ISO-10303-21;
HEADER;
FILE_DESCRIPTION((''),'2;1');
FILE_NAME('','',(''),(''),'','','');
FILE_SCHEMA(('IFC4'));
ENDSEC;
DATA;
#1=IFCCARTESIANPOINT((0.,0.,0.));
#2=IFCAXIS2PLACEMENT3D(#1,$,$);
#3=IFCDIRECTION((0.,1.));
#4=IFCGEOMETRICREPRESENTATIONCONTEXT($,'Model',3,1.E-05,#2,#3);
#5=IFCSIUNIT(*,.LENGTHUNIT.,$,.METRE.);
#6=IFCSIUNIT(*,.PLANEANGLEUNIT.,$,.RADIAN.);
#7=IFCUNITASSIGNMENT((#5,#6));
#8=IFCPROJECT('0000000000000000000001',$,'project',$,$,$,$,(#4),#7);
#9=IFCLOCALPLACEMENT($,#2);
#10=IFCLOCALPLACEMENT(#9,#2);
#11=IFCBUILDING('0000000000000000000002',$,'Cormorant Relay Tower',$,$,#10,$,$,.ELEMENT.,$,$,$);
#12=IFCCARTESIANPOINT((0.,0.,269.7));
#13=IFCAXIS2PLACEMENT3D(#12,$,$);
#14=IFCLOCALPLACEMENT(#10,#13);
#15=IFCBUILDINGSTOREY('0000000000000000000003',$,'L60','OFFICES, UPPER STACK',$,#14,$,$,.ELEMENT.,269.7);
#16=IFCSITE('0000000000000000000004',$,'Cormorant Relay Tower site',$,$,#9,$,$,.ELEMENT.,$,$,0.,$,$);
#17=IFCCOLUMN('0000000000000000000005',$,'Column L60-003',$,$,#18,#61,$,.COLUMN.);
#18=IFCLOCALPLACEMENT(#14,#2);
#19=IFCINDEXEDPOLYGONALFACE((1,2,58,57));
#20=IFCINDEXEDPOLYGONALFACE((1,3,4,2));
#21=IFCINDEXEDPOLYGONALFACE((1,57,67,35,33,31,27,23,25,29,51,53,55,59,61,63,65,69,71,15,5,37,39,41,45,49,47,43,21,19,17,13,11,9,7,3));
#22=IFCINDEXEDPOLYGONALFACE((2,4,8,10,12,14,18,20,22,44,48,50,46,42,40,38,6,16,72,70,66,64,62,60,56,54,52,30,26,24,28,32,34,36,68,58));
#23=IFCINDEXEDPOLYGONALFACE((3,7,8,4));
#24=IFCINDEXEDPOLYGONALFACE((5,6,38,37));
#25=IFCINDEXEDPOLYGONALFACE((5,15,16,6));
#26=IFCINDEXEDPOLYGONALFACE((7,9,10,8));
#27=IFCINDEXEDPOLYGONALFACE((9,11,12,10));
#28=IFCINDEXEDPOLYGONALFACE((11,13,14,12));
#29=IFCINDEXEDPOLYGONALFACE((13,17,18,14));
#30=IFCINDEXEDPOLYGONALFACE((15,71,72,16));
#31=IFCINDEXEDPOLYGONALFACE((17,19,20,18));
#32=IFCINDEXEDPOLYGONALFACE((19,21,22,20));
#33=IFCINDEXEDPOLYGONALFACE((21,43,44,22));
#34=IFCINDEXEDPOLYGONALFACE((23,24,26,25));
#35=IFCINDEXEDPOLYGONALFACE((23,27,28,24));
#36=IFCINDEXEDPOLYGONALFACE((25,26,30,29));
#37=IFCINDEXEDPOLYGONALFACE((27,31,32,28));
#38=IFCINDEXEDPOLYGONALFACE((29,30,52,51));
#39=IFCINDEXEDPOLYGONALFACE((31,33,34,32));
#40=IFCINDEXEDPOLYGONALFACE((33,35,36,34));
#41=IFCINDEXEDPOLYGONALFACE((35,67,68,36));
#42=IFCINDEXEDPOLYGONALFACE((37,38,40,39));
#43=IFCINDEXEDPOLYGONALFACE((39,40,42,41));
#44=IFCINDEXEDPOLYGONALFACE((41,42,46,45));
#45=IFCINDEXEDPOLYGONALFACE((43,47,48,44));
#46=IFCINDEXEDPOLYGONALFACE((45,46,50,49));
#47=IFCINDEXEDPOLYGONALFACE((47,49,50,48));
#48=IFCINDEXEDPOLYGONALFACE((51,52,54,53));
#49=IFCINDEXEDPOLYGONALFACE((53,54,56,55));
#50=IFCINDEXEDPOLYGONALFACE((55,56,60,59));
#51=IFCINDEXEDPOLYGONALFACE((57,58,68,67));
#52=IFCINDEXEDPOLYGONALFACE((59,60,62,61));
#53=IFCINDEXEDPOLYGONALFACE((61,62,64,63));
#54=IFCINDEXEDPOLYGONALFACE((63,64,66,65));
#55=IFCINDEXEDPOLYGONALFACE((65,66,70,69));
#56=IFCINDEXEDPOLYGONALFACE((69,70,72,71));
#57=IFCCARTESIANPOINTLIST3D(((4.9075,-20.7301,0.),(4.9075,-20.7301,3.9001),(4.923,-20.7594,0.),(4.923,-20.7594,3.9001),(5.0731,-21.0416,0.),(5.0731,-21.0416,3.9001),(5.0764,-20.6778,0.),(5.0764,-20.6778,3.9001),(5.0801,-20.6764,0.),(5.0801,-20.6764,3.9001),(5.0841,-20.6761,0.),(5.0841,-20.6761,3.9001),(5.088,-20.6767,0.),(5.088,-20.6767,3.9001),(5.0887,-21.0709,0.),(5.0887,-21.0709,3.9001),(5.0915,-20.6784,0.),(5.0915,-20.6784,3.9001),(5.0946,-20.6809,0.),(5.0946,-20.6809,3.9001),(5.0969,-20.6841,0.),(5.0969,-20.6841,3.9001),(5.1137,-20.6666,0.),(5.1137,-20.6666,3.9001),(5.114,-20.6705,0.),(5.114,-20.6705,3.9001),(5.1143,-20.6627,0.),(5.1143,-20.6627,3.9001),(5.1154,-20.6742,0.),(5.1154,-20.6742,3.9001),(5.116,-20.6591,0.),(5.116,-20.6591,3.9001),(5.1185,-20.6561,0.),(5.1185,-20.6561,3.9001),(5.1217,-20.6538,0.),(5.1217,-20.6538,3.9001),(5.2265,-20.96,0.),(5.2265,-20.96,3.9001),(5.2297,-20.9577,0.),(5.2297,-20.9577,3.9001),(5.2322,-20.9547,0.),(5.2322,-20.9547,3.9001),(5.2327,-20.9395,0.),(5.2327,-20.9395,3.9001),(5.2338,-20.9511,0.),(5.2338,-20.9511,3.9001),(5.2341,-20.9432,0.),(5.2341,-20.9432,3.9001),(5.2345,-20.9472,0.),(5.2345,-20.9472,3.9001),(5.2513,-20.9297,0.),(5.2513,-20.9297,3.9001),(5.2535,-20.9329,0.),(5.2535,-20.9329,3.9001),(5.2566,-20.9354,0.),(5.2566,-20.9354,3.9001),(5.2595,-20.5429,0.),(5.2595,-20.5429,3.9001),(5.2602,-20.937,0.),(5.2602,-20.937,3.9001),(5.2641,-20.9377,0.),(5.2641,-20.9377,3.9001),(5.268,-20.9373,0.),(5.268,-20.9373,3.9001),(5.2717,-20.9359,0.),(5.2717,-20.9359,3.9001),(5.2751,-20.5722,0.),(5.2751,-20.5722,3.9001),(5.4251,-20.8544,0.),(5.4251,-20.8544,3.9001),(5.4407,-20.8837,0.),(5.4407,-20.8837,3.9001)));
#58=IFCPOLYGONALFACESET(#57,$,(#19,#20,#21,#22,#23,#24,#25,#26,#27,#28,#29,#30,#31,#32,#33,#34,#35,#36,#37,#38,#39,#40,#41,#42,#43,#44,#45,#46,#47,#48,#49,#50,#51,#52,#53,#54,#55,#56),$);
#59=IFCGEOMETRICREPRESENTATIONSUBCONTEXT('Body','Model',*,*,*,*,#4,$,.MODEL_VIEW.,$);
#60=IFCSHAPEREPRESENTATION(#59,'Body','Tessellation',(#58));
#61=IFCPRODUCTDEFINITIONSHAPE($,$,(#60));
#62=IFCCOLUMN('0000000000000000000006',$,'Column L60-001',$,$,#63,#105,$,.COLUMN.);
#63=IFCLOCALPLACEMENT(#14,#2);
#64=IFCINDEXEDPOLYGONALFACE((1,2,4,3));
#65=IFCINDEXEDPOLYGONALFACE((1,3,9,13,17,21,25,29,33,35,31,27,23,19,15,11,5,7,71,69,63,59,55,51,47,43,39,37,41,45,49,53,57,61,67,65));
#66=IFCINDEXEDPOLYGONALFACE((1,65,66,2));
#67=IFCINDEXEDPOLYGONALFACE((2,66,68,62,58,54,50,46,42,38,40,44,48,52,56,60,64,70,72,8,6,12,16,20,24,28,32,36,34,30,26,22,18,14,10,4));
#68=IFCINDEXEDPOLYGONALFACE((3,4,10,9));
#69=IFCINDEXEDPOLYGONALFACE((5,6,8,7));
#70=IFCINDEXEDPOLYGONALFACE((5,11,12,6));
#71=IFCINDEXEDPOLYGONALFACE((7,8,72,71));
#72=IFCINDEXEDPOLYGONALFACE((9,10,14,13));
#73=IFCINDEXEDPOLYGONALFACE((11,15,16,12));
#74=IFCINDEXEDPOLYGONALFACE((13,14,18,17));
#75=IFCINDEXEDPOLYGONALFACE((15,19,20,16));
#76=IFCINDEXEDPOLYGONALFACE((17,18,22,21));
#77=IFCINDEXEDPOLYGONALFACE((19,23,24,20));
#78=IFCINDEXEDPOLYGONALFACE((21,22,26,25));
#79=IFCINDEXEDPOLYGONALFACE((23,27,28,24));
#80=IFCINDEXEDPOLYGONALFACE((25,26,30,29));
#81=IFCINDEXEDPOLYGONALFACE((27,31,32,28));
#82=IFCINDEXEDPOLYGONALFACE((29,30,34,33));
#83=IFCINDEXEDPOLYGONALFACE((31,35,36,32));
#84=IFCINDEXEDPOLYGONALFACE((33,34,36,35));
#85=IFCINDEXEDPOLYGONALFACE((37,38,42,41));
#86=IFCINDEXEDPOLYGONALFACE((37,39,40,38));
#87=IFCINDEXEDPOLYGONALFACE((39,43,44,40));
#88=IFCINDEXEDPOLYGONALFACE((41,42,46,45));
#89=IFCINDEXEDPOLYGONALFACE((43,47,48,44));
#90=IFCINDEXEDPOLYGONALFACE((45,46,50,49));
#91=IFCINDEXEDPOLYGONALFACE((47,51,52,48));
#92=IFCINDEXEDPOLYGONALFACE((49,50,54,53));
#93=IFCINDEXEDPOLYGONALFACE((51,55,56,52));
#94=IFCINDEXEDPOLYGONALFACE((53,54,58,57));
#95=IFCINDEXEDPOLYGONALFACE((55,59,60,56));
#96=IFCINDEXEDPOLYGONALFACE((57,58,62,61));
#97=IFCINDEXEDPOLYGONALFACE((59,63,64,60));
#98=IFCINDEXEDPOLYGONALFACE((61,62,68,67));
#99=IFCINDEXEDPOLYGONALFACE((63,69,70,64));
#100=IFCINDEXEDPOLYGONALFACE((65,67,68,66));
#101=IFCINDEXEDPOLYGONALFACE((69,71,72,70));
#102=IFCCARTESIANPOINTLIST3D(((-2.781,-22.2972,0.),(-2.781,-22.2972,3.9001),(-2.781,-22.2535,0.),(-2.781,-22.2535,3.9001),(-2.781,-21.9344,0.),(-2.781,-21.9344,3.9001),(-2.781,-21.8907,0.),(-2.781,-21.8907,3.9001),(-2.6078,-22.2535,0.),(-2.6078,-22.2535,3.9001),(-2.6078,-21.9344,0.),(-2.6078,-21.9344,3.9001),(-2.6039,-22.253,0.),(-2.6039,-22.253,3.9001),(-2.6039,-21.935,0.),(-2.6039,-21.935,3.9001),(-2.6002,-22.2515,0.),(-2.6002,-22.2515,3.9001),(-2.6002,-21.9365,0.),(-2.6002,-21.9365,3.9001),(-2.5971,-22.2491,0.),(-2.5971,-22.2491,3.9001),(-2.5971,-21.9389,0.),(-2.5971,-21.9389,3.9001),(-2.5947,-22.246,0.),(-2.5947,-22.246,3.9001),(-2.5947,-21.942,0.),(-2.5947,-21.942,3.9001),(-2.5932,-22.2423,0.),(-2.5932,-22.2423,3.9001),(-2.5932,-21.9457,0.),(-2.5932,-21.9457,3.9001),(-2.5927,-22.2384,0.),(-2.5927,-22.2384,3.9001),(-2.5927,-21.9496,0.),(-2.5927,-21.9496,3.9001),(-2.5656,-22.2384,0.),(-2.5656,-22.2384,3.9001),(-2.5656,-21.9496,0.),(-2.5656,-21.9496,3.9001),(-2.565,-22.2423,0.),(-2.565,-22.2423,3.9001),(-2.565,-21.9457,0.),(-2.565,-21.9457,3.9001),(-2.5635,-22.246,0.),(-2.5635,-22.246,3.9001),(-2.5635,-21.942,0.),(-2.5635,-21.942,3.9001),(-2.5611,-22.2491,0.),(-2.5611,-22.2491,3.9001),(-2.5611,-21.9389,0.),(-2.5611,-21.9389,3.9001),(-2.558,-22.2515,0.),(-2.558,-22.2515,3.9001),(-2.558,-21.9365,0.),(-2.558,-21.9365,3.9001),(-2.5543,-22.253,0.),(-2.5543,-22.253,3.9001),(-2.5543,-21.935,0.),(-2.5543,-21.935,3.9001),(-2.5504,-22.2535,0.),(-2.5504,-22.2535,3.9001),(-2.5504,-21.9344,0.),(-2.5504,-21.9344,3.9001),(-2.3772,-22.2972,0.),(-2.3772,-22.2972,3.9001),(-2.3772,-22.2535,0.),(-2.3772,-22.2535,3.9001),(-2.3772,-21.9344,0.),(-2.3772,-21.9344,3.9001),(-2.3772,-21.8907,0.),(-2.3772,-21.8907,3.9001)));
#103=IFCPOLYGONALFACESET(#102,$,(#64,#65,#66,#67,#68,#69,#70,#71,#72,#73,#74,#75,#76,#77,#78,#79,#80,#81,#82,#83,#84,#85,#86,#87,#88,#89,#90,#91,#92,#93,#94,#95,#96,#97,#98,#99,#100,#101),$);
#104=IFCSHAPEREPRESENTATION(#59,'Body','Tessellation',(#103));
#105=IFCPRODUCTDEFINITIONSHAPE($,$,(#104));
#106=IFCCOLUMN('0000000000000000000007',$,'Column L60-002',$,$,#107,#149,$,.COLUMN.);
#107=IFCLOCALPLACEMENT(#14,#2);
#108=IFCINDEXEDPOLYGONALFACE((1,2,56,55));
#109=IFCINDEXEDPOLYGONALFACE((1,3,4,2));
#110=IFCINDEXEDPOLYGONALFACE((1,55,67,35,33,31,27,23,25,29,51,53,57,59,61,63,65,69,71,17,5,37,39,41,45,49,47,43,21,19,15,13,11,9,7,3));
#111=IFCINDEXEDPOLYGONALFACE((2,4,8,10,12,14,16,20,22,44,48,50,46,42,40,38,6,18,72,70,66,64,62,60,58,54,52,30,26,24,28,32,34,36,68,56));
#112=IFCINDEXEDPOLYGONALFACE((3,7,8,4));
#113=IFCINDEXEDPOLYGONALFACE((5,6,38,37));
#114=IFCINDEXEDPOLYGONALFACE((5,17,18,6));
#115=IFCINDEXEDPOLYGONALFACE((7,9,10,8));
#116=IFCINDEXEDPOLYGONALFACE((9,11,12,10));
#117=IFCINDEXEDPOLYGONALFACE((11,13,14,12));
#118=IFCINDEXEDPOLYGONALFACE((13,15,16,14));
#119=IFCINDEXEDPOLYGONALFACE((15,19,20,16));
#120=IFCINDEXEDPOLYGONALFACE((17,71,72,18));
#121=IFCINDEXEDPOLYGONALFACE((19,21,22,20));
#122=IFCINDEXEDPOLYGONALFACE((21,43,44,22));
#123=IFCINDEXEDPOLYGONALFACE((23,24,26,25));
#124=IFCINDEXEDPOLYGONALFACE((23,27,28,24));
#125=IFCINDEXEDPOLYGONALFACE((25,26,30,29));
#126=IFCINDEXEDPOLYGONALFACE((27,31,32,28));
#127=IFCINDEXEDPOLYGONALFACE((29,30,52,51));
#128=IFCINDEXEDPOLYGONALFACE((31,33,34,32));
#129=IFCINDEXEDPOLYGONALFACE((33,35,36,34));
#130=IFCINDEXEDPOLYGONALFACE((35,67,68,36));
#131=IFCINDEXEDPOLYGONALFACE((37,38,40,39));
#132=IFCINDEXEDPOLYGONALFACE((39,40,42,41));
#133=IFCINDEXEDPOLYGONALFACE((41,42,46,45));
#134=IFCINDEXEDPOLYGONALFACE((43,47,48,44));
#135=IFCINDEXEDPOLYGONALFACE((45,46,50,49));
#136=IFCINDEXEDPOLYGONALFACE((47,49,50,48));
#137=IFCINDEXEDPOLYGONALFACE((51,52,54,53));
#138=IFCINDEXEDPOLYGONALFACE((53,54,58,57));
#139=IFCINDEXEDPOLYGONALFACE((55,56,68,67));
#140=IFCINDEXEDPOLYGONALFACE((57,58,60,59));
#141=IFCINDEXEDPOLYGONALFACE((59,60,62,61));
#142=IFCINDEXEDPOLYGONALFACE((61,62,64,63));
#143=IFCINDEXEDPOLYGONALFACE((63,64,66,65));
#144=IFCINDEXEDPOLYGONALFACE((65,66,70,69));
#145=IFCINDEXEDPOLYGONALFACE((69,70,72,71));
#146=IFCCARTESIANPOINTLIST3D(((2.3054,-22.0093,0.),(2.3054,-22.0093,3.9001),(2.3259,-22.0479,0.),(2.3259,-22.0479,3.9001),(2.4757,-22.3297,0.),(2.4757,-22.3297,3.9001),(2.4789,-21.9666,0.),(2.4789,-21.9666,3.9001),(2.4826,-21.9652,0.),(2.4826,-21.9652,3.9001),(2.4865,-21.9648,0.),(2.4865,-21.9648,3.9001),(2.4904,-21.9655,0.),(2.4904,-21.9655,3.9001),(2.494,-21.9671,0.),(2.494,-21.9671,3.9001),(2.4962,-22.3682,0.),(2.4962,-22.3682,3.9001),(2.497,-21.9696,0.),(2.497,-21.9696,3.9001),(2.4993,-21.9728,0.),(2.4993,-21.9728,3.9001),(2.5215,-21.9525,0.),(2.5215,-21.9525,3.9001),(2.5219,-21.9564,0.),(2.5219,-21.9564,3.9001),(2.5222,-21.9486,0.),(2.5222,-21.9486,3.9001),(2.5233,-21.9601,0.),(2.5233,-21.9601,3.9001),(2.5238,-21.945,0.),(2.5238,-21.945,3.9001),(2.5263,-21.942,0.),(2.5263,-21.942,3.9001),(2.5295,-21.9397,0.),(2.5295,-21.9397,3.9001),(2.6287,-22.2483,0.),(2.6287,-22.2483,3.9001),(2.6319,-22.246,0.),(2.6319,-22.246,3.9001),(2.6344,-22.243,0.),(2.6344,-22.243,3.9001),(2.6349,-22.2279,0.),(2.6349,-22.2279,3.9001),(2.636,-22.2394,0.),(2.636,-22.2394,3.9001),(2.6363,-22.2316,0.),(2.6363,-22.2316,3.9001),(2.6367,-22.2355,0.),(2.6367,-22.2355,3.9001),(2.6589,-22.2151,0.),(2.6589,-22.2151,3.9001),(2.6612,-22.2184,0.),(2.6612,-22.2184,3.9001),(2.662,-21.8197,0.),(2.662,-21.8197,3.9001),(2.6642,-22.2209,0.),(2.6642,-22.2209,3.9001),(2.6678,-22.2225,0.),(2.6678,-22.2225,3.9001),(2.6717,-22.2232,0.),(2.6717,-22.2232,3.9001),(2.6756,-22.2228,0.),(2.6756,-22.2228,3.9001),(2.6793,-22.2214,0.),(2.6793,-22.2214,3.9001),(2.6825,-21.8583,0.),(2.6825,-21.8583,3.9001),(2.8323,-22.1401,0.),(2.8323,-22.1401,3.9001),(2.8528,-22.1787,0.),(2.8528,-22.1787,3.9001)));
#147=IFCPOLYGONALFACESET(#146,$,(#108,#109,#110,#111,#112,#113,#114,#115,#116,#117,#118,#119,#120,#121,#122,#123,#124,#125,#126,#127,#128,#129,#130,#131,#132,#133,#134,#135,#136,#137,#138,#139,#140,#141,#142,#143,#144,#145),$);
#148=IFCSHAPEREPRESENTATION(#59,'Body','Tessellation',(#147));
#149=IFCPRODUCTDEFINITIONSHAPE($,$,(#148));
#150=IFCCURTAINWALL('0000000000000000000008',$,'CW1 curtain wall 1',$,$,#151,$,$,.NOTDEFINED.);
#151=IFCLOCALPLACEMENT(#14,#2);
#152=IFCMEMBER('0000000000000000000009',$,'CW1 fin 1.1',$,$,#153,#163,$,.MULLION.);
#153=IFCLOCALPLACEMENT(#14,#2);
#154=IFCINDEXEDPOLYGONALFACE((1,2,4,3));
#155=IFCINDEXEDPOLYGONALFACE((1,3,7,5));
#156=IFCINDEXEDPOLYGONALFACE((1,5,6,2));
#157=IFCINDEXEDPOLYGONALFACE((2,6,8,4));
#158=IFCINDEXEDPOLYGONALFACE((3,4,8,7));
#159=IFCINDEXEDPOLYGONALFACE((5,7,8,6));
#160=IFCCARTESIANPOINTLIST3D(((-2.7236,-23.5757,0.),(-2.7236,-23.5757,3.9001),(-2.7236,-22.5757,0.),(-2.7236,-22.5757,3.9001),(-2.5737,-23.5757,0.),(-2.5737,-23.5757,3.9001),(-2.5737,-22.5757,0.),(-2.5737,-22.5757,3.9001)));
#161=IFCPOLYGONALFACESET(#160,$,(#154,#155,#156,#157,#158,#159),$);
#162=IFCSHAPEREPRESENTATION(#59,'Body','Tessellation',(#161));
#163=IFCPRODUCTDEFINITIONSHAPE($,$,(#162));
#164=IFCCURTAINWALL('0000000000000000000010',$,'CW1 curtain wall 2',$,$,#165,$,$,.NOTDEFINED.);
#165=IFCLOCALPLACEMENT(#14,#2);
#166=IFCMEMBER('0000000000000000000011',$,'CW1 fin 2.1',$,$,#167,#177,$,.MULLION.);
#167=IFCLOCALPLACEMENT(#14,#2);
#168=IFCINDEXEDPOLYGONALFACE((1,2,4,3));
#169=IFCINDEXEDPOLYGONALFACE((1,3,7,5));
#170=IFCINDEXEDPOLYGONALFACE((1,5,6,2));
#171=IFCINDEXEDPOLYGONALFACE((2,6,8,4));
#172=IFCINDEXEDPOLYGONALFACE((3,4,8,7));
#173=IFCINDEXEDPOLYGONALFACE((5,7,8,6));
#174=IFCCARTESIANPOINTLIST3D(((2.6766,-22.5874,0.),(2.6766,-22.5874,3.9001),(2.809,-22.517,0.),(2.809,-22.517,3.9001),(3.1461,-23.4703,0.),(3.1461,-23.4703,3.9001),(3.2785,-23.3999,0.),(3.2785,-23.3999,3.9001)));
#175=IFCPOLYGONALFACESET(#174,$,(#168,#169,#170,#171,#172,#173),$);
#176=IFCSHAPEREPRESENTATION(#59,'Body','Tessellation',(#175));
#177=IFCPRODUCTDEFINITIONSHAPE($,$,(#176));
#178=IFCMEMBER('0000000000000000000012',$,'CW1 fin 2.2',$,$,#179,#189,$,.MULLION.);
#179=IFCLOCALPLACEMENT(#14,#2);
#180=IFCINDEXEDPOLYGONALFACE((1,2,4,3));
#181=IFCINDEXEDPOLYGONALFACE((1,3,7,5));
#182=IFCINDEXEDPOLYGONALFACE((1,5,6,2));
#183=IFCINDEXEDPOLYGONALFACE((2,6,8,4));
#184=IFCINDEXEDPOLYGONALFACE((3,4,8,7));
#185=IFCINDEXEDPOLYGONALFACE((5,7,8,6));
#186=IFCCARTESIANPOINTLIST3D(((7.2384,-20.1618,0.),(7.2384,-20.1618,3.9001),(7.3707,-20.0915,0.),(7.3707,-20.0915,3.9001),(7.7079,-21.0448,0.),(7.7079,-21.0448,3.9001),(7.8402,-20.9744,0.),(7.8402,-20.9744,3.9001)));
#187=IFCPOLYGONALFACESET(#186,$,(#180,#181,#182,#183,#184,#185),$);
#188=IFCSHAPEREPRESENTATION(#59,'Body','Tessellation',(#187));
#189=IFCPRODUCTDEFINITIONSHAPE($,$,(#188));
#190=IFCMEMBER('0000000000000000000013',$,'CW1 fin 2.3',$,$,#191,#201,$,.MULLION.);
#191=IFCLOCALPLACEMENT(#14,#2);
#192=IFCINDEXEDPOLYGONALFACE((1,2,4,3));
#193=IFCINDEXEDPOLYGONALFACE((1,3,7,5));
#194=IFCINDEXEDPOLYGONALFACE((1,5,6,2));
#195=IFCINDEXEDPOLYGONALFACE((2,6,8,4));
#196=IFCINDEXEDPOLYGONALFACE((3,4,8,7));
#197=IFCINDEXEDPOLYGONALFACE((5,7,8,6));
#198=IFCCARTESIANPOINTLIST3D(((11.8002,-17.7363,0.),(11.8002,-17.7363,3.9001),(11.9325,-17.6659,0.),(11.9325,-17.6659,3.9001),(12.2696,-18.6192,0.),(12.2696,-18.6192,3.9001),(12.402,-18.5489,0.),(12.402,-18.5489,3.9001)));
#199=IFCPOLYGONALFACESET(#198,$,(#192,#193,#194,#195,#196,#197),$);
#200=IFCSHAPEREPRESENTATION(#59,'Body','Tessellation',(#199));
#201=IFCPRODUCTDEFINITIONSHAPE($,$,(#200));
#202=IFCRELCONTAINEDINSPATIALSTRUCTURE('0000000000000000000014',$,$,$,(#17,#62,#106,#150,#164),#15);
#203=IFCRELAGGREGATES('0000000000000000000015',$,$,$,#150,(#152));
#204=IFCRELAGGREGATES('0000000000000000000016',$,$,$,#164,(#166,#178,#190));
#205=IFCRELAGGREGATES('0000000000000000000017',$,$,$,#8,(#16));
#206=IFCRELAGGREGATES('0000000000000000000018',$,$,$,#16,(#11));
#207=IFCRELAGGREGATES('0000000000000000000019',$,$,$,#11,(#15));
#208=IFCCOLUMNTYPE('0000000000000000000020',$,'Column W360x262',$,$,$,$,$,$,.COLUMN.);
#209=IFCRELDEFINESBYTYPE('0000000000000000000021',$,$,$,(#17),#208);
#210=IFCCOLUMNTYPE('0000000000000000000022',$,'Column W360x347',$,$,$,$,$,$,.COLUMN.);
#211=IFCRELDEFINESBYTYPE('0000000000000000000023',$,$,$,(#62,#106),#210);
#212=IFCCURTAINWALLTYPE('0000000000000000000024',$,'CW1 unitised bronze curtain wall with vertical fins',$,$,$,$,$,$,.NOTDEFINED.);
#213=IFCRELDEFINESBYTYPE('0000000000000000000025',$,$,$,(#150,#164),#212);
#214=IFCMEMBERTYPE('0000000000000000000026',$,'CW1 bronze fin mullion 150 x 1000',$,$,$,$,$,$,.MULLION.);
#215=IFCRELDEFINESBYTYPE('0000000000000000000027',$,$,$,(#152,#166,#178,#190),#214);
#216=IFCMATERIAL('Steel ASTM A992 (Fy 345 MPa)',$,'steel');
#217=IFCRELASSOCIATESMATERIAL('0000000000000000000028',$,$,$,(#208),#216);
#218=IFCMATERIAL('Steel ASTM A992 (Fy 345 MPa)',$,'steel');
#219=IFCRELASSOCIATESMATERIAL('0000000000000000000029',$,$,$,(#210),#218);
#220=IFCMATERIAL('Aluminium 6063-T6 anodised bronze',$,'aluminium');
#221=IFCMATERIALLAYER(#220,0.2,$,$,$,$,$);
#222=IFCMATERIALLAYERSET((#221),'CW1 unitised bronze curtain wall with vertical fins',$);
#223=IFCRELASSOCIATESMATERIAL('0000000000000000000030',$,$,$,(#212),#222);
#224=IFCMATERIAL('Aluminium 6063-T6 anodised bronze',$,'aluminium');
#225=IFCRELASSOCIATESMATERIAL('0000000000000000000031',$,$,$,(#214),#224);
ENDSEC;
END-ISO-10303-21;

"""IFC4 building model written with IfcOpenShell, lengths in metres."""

from ifc_helpers import new_model, si_unit, direction, frame, origin, origin_2d, place, context, subcontext, project, spatial, rectangle, i_section, extrude, material, layer, layer_set, material_profile, profile_set, type_object, element, aggregate, save


model = new_model("IFC4")

# Units and contexts
model_context = context("Model", 3, precision=1e-05, world=origin(), true_north=direction((0.0, 1.0)))
body_context = subcontext(model_context, "Body", "Model", "MODEL_VIEW")
ifc_project = project(units=[si_unit("LENGTHUNIT", "METRE"), si_unit("PLANEANGLEUNIT", "RADIAN")], contexts=[model_context])

# Site, building, storey
site_placement = place(None, origin())
site = spatial("IfcSite", under=ifc_project, at=site_placement, Name="Cormorant Relay Tower site", CompositionType="ELEMENT", RefElevation=0.0)
building_placement = place(site_placement, origin())
building = spatial("IfcBuilding", under=site, at=building_placement, Name="Cormorant Relay Tower", CompositionType="ELEMENT")
storey_placement = place(building_placement, frame((0.0, 0.0, 269.7)))
storey = spatial("IfcBuildingStorey", under=building, at=storey_placement, Name="L60", Description="OFFICES, UPPER STACK", CompositionType="ELEMENT", Elevation=269.7)

# Columns
ifc_material_1 = material(Name="Steel ASTM A992 (Fy 345 MPa)", Category="steel")
ifc_material_profile_1 = material_profile(ifc_material_1, i_section(OverallWidth=0.3987, OverallDepth=0.386, WebThickness=0.021, FlangeThickness=0.0332, FilletRadius=0.0151, at=origin_2d()), Name="W360x262")
ifc_profile_set_1 = profile_set([ifc_material_profile_1], Name="Steel ASTM A992 (Fy 345 MPa)")
column_type_1 = type_object("IfcColumnType", Name="Column W360x262", PredefinedType="COLUMN", material=ifc_profile_set_1)
column_placement = place(storey_placement, frame((5.1741, -20.8069, 0.0), z_axis=(0.0, 0.0, 1.0), x_axis=(0.882948, 0.469472, 0.0)))
element("IfcColumn", 1, at=column_placement, inside=storey, type_object=column_type_1, Name="Column L60-003", PredefinedType="COLUMN", context=body_context, shape_type="SweptSolid", body=[
    extrude(i_section(OverallWidth=0.3987, OverallDepth=0.386, WebThickness=0.021, FlangeThickness=0.0332, FilletRadius=0.0151, at=origin_2d()), origin(), (0.0, 0.0, 1.0), 3.9001),
])
ifc_material_2 = material(Name="Steel ASTM A992 (Fy 345 MPa)", Category="steel")
ifc_material_profile_2 = material_profile(ifc_material_2, i_section(OverallWidth=0.4038, OverallDepth=0.4065, WebThickness=0.0271, FlangeThickness=0.0437, FilletRadius=0.0151, at=origin_2d()), Name="W360x347")
ifc_profile_set_2 = profile_set([ifc_material_profile_2], Name="Steel ASTM A992 (Fy 345 MPa)")
column_type_2 = type_object("IfcColumnType", Name="Column W360x347", PredefinedType="COLUMN", material=ifc_profile_set_2)
for number, where, z_axis, x_axis, name in (
    (2, (-2.5791, -22.094, 0.0), (0.0, 0.0, 1.0), (1.0, 0.0, 0.0), "Column L60-001"),
    (3, (2.5791, -22.094, 0.0), (0.0, 0.0, 1.0), (0.882948, 0.469472, 0.0), "Column L60-002"),
):
    element("IfcColumn", number, at=place(storey_placement, frame(where, z_axis=z_axis, x_axis=x_axis)), inside=storey, type_object=column_type_2, Name=name, PredefinedType="COLUMN", context=body_context, shape_type="SweptSolid", body=[
        extrude(i_section(OverallWidth=0.4038, OverallDepth=0.4065, WebThickness=0.0271, FlangeThickness=0.0437, FilletRadius=0.0151, at=origin_2d()), origin(), (0.0, 0.0, 1.0), 3.9001),
    ])

# Curtain wall, member
ifc_material_3 = material(Name="Aluminium 6063-T6 anodised bronze", Category="aluminium")
ifc_layer_1 = layer(ifc_material_3, 0.2)
ifc_layer_set_1 = layer_set([ifc_layer_1], Name="CW1 unitised bronze curtain wall with vertical fins")
curtain_wall_type = type_object("IfcCurtainWallType", Name="CW1 unitised bronze curtain wall with vertical fins", PredefinedType="NOTDEFINED", material=ifc_layer_set_1)
curtain_wall_1_placement = place(storey_placement, origin())
curtain_wall_1 = element("IfcCurtainWall", 4, at=curtain_wall_1_placement, inside=storey, type_object=curtain_wall_type, Name="CW1 curtain wall 1", PredefinedType="NOTDEFINED")
ifc_material_4 = material(Name="Aluminium 6063-T6 anodised bronze", Category="aluminium")
ifc_material_profile_3 = material_profile(ifc_material_4, rectangle(XDim=0.1499, YDim=1.0, at=origin_2d()), Name="AL 150x1000")
ifc_profile_set_3 = profile_set([ifc_material_profile_3], Name="Aluminium 6063-T6 anodised bronze")
member_type_1 = type_object("IfcMemberType", Name="CW1 bronze fin mullion 150 x 1000", PredefinedType="MULLION", material=ifc_profile_set_3)
member_1_placement = place(storey_placement, frame((-2.6487, -23.0757, 0.0), z_axis=(0.0, 0.0, 1.0), x_axis=(1.0, 0.0, 0.0)))
member_1 = element("IfcMember", 5, at=member_1_placement, type_object=member_type_1, Name="CW1 fin 1.1", PredefinedType="MULLION", context=body_context, shape_type="SweptSolid", body=[
    extrude(rectangle(XDim=0.1499, YDim=1.0, at=origin_2d()), origin(), (0.0, 0.0, 1.0), 3.9001),
])

# Curtain wall, members
curtain_wall_2_placement = place(storey_placement, origin())
curtain_wall_2 = element("IfcCurtainWall", 6, at=curtain_wall_2_placement, inside=storey, type_object=curtain_wall_type, Name="CW1 curtain wall 2", PredefinedType="NOTDEFINED")
member_2_placement = place(storey_placement, frame((2.9775, -22.9937, 0.0), z_axis=(0.0, 0.0, 1.0), x_axis=(0.882948, 0.469472, 0.0)))
member_2 = element("IfcMember", 7, at=member_2_placement, type_object=member_type_1, Name="CW1 fin 2.1", PredefinedType="MULLION", context=body_context, shape_type="SweptSolid", body=[
    extrude(rectangle(XDim=0.1499, YDim=1.0, at=origin_2d()), origin(), (0.0, 0.0, 1.0), 3.9001),
])
member_3_placement = place(storey_placement, frame((7.5393, -20.5681, 0.0), z_axis=(0.0, 0.0, 1.0), x_axis=(0.882948, 0.469472, 0.0)))
member_3 = element("IfcMember", 8, at=member_3_placement, type_object=member_type_1, Name="CW1 fin 2.2", PredefinedType="MULLION", context=body_context, shape_type="SweptSolid", body=[
    extrude(rectangle(XDim=0.1499, YDim=1.0, at=origin_2d()), origin(), (0.0, 0.0, 1.0), 3.9001),
])
member_4_placement = place(storey_placement, frame((12.1011, -18.1426, 0.0), z_axis=(0.0, 0.0, 1.0), x_axis=(0.882948, 0.469472, 0.0)))
member_4 = element("IfcMember", 9, at=member_4_placement, type_object=member_type_1, Name="CW1 fin 2.3", PredefinedType="MULLION", context=body_context, shape_type="SweptSolid", body=[
    extrude(rectangle(XDim=0.1499, YDim=1.0, at=origin_2d()), origin(), (0.0, 0.0, 1.0), 3.9001),
])

aggregate(curtain_wall_1, [member_1])

aggregate(curtain_wall_2, [member_2, member_3, member_4])

save(model, "model.ifc")
